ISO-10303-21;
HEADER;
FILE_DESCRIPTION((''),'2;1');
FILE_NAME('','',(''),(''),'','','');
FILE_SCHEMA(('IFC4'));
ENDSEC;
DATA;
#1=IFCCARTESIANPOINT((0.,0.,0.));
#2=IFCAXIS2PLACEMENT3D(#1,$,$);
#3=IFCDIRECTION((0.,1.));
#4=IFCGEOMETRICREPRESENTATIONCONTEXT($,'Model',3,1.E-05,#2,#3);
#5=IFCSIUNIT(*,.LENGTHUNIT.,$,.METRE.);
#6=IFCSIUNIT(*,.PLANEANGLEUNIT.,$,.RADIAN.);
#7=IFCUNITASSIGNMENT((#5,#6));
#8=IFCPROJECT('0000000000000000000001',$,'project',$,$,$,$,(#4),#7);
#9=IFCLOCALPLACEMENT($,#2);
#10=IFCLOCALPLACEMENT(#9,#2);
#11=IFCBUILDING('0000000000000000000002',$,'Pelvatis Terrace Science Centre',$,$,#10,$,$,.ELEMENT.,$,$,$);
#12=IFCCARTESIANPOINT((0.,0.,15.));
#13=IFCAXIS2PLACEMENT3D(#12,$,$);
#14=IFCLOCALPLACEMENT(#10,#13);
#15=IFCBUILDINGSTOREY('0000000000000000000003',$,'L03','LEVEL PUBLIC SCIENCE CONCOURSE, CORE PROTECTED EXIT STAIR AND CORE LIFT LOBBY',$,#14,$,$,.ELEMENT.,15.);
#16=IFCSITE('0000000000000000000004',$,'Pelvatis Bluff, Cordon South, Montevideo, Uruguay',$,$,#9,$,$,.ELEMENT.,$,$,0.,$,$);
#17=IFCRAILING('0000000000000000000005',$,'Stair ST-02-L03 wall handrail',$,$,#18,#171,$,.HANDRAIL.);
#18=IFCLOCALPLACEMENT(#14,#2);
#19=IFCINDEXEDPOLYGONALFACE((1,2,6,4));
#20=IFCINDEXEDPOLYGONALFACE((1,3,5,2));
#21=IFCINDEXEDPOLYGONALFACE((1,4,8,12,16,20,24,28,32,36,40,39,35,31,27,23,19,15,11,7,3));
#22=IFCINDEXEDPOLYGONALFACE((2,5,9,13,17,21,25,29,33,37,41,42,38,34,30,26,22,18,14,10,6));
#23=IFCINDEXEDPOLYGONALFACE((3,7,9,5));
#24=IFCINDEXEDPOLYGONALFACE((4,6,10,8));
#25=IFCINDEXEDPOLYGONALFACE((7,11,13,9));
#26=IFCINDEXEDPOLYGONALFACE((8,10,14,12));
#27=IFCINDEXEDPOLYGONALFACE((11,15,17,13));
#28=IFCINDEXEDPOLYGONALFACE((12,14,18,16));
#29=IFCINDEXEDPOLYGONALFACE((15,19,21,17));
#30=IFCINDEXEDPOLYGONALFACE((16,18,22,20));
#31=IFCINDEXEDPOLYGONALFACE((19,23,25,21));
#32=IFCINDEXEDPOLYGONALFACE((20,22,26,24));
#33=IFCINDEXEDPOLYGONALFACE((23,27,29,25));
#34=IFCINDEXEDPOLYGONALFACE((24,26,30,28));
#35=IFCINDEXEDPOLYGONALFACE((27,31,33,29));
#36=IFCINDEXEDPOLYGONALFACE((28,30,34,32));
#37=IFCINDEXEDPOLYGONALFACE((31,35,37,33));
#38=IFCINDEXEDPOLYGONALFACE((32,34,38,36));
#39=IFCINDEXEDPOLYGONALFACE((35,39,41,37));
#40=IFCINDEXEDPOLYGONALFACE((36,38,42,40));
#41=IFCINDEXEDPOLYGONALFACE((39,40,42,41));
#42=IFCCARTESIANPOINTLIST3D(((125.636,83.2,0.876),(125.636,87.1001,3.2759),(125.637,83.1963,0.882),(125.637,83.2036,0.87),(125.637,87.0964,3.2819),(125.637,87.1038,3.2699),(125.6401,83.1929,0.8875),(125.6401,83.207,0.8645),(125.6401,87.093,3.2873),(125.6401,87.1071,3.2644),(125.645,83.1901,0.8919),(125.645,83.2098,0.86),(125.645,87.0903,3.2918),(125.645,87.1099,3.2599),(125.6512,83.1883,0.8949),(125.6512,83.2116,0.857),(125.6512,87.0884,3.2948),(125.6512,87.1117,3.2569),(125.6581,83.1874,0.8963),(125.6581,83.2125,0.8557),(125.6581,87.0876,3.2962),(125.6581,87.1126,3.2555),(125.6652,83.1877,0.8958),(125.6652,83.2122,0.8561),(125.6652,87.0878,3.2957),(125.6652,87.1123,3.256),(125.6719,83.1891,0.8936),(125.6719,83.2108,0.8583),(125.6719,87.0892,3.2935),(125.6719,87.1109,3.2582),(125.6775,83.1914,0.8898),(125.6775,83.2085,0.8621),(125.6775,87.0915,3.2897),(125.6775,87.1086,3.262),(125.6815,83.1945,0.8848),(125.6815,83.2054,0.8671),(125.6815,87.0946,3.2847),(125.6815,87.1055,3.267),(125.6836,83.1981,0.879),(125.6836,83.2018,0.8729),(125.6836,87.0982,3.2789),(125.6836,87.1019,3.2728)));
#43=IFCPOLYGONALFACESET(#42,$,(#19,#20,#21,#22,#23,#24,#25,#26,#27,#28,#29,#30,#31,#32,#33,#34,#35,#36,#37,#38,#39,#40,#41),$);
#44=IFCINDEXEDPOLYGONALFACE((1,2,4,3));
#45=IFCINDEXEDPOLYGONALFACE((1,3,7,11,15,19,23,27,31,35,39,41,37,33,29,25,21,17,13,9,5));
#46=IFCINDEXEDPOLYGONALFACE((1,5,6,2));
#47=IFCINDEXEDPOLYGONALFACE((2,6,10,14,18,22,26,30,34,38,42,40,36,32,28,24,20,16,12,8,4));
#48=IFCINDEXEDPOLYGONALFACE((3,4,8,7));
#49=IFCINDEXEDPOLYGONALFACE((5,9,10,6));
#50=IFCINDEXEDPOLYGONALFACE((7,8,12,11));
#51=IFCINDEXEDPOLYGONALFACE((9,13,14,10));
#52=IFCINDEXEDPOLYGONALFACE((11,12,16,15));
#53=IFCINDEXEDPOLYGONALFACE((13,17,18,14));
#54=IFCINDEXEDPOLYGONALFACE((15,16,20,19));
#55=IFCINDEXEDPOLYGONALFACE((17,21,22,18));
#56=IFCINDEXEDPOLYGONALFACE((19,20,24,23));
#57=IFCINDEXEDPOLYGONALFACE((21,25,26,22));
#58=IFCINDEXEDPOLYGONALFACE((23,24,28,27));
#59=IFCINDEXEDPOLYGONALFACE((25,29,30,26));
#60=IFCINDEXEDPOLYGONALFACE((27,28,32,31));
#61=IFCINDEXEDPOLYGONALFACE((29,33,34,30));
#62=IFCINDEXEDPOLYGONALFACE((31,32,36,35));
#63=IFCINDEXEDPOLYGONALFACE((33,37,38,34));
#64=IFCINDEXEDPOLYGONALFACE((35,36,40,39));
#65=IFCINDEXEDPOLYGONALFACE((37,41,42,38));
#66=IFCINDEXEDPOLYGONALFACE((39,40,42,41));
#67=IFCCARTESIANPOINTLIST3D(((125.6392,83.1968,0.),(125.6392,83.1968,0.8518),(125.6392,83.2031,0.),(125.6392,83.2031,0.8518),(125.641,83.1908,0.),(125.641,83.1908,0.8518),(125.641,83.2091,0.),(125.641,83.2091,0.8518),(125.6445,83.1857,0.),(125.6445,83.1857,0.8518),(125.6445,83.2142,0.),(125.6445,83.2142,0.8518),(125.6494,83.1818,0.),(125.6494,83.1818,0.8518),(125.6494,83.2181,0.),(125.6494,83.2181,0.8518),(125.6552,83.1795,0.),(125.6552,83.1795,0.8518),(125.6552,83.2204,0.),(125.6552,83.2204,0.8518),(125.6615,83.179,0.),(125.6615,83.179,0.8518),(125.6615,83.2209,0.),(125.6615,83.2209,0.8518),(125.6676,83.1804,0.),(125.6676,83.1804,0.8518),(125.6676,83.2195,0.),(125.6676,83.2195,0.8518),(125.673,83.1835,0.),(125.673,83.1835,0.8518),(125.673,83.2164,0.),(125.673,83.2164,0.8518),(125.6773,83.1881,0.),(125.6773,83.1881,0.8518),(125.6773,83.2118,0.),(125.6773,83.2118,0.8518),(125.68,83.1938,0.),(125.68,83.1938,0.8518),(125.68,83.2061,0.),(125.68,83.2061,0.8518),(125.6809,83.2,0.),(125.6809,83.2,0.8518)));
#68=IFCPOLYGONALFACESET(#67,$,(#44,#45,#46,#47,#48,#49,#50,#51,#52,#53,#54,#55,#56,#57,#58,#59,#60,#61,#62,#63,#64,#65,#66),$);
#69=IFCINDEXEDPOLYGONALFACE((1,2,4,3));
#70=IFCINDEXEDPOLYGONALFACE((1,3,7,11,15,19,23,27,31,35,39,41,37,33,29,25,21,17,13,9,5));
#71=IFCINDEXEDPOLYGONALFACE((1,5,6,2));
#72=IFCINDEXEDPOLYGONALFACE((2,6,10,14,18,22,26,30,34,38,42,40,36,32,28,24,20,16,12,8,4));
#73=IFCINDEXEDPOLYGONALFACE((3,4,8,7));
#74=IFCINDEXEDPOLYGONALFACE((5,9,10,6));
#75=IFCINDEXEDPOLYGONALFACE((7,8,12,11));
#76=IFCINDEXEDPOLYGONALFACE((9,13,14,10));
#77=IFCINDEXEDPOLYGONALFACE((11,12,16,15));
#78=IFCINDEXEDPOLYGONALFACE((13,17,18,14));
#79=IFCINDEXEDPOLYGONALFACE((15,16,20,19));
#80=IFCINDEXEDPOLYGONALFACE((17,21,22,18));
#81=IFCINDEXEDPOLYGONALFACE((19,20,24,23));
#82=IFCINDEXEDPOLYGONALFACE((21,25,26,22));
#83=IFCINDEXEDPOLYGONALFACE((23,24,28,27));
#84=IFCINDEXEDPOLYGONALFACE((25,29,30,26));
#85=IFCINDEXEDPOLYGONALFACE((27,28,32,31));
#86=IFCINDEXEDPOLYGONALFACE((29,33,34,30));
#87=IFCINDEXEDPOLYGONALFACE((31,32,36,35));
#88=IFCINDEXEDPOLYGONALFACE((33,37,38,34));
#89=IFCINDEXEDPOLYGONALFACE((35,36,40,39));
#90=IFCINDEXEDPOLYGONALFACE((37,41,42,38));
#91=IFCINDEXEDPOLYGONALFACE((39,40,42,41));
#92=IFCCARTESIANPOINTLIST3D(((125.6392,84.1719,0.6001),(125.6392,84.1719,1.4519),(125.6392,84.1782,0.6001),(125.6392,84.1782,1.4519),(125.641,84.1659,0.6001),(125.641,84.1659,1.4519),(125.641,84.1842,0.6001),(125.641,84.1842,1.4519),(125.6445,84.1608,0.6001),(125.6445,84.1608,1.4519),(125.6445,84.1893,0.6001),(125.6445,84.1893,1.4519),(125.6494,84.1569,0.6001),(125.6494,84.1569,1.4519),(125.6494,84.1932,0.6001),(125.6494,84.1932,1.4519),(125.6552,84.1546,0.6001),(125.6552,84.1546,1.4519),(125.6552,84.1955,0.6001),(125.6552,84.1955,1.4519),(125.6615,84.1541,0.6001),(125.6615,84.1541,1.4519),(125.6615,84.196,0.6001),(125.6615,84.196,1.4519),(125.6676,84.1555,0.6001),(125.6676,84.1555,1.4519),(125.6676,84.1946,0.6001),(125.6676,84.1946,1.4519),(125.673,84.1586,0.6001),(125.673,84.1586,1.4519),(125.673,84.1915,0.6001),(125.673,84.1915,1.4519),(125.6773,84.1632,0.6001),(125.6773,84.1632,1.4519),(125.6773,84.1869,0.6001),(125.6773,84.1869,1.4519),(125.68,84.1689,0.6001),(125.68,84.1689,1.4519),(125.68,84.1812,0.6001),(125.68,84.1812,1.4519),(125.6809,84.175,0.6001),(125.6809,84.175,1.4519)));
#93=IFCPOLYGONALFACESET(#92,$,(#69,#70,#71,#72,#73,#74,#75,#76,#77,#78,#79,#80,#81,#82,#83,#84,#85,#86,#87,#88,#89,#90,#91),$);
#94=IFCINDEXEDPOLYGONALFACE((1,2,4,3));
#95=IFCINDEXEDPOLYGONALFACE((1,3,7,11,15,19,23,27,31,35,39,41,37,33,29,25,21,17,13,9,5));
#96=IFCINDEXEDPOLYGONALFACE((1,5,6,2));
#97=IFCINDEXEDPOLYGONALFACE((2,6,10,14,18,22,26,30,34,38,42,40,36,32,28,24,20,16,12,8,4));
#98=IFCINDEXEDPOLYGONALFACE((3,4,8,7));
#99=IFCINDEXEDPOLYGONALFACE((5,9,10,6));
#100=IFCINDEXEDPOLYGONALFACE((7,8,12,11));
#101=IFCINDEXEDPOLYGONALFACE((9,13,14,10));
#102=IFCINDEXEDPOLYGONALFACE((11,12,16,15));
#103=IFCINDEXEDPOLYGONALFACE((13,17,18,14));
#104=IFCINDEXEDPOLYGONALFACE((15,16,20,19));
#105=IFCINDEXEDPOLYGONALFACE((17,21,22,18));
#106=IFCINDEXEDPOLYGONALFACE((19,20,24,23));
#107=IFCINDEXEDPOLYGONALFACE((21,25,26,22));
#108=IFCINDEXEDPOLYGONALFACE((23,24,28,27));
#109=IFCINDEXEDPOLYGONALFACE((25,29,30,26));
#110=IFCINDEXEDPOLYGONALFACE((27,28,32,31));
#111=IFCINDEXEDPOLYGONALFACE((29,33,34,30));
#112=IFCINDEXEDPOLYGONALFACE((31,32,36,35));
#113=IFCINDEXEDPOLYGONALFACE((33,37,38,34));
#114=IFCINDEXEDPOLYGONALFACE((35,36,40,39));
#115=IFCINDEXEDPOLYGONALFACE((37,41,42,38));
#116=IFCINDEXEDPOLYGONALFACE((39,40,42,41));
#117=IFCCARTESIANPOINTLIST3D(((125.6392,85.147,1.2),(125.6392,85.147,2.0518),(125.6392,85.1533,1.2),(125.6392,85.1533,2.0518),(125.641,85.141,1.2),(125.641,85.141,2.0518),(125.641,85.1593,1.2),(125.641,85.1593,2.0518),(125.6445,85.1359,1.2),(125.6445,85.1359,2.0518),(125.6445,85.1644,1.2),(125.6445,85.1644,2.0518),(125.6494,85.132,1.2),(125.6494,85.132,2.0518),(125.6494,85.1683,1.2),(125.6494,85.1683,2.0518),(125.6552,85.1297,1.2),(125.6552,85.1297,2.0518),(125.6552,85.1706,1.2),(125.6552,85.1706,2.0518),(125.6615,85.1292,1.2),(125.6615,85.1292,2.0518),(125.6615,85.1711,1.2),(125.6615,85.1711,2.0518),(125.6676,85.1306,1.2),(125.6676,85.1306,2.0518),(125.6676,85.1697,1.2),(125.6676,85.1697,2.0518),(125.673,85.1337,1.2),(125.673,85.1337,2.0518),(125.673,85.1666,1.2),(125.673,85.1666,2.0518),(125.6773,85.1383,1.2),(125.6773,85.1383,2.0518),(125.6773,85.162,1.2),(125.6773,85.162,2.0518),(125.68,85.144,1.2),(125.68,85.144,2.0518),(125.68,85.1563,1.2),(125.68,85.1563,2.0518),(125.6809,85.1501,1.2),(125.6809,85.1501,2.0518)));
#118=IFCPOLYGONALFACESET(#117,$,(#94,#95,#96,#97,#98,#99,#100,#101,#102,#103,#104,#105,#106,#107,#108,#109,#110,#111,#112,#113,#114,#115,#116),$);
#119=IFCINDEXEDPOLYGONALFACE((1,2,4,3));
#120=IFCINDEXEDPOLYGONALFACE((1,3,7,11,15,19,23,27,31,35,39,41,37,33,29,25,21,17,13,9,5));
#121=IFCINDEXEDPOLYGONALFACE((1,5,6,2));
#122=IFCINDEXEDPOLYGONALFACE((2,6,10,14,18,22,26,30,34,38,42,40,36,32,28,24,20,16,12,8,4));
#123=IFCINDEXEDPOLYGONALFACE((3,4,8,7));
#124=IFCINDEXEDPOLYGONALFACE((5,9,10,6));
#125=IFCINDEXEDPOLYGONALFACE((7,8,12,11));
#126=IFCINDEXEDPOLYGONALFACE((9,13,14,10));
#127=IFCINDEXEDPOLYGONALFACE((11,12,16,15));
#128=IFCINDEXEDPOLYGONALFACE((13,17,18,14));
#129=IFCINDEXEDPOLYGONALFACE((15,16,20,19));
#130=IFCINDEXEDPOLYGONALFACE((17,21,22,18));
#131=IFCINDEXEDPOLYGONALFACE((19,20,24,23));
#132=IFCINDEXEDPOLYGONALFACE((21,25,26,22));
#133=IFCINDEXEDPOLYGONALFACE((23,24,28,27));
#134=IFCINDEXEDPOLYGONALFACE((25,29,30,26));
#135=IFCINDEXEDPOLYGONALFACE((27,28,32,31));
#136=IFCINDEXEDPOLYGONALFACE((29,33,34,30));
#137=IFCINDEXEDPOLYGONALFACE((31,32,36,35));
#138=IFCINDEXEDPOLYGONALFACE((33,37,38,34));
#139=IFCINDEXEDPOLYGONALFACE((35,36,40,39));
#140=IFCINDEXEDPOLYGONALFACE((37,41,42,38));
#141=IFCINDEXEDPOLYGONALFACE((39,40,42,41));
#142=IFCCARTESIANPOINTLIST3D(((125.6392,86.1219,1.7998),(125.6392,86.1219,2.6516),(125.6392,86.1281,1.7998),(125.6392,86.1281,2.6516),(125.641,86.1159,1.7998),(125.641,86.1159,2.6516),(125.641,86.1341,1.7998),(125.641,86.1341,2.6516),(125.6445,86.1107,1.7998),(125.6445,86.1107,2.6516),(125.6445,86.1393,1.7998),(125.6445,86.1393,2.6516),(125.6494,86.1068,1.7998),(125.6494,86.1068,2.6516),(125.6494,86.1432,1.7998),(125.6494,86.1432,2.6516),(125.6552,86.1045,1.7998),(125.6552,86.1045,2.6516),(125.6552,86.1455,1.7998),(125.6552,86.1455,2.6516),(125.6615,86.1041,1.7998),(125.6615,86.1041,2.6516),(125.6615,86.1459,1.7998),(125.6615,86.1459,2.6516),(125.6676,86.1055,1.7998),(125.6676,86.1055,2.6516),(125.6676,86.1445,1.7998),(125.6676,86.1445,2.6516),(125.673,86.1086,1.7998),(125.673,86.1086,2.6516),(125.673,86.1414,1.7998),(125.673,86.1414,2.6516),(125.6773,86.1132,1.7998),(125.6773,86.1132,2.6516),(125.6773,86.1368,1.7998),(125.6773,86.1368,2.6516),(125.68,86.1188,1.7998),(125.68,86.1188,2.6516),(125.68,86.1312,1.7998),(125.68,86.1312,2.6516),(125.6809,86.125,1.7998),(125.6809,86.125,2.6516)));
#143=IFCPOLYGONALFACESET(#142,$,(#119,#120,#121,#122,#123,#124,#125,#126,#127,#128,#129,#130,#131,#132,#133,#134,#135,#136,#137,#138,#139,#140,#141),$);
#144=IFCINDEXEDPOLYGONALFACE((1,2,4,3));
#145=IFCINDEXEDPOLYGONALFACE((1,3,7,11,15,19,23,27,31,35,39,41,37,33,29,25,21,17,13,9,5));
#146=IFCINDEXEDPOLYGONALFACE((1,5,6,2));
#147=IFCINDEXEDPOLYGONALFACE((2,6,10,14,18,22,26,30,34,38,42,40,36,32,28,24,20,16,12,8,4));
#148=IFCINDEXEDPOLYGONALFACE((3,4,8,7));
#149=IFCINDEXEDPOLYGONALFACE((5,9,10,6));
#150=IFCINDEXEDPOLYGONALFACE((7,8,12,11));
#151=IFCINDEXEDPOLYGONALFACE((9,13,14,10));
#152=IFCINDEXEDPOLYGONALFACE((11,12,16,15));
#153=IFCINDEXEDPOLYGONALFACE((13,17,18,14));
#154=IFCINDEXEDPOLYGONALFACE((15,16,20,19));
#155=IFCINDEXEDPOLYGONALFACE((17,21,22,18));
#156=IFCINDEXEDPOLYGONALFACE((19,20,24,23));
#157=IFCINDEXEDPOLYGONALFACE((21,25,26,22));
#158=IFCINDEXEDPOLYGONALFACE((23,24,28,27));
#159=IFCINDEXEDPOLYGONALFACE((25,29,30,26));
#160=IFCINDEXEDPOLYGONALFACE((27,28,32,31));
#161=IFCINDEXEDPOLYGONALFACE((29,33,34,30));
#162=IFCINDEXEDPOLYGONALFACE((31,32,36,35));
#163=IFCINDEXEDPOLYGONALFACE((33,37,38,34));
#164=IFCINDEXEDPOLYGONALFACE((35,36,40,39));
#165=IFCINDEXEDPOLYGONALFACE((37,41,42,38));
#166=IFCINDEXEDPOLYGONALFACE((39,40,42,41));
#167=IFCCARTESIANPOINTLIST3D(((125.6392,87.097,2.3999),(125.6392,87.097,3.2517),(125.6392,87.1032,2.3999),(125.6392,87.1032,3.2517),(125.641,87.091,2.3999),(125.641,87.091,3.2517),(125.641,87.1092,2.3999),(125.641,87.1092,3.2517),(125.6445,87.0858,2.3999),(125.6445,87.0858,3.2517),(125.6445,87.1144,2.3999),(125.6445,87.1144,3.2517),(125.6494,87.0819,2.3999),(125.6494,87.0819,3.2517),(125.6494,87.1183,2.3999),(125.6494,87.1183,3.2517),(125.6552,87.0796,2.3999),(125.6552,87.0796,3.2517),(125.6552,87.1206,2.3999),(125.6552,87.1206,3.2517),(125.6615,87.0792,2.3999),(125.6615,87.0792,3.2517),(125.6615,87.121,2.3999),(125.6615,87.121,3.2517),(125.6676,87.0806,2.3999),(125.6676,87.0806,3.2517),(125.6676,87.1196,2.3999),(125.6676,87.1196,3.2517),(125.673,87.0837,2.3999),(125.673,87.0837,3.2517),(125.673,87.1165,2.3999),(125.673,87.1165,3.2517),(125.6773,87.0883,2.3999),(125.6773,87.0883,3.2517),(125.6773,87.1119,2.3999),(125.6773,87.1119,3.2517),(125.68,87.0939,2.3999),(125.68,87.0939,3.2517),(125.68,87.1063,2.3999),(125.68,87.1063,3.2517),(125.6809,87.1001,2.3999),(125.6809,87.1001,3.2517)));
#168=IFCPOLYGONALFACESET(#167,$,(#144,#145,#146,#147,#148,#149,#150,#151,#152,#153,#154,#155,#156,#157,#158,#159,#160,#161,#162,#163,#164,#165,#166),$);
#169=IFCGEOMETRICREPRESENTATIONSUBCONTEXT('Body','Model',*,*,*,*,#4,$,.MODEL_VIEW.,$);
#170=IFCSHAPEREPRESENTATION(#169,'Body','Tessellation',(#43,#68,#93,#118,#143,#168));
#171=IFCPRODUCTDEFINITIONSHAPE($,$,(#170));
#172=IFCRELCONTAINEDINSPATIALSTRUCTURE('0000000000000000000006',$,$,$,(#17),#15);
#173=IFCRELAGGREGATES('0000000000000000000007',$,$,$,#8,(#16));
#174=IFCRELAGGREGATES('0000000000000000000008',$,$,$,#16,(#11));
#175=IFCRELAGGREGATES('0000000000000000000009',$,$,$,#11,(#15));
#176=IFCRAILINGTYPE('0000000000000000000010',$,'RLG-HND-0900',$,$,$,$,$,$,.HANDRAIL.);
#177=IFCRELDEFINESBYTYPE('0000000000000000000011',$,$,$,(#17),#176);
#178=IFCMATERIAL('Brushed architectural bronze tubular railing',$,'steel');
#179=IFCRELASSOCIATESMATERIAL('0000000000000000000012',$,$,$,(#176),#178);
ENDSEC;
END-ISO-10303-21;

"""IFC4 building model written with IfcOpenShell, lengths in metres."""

from ifc_helpers import new_model, si_unit, direction, frame, origin, origin_2d, place, context, subcontext, project, spatial, circle, extrude, material, type_object, element, save


model = new_model("IFC4")

# Units and contexts
model_context = context("Model", 3, precision=1e-05, world=origin(), true_north=direction((0.0, 1.0)))
body_context = subcontext(model_context, "Body", "Model", "MODEL_VIEW")
ifc_project = project(units=[si_unit("LENGTHUNIT", "METRE"), si_unit("PLANEANGLEUNIT", "RADIAN")], contexts=[model_context])

# Site, building, storey
site_placement = place(None, origin())
site = spatial("IfcSite", under=ifc_project, at=site_placement, Name="Pelvatis Bluff, Cordon South, Montevideo, Uruguay", CompositionType="ELEMENT", RefElevation=0.0)
building_placement = place(site_placement, origin())
building = spatial("IfcBuilding", under=site, at=building_placement, Name="Pelvatis Terrace Science Centre", CompositionType="ELEMENT")
storey_placement = place(building_placement, frame((0.0, 0.0, 15.0)))
storey = spatial("IfcBuildingStorey", under=building, at=storey_placement, Name="L03", Description="LEVEL PUBLIC SCIENCE CONCOURSE, CORE PROTECTED EXIT STAIR AND CORE LIFT LOBBY", CompositionType="ELEMENT", Elevation=15.0)

# Railing
ifc_material_1 = material(Name="Brushed architectural bronze tubular railing", Category="steel")
railing_type_1 = type_object("IfcRailingType", Name="RLG-HND-0900", PredefinedType="HANDRAIL", material=ifc_material_1)
railing_1_placement = place(storey_placement, frame((125.6599, 83.2, 0.0)))
element("IfcRailing", 1, at=railing_1_placement, inside=storey, type_object=railing_type_1, Name="Stair ST-02-L03 wall handrail", PredefinedType="HANDRAIL", context=body_context, shape_type="SweptSolid", body=[
    extrude(circle(Radius=0.0239, at=origin_2d()), frame((0.0, 0.0, 0.876), z_axis=(0.0, 0.851677, 0.524068), x_axis=(-1.0, 0.0, 0.0)), (0.0, 0.0, 1.0), 4.5793),
    extrude(circle(Radius=0.021, at=origin_2d()), origin(), (0.0, 0.0, 1.0), 0.8518),
    extrude(circle(Radius=0.021, at=origin_2d()), frame((0.0, 0.9751, 0.6001)), (0.0, 0.0, 1.0), 0.8518),
    extrude(circle(Radius=0.021, at=origin_2d()), frame((0.0, 1.9502, 1.2)), (0.0, 0.0, 1.0), 0.8518),
    extrude(circle(Radius=0.021, at=origin_2d()), frame((0.0, 2.925, 1.7998)), (0.0, 0.0, 1.0), 0.8518),
    extrude(circle(Radius=0.021, at=origin_2d()), frame((0.0, 3.9001, 2.3999)), (0.0, 0.0, 1.0), 0.8518),
])

save(model, "model.ifc")
